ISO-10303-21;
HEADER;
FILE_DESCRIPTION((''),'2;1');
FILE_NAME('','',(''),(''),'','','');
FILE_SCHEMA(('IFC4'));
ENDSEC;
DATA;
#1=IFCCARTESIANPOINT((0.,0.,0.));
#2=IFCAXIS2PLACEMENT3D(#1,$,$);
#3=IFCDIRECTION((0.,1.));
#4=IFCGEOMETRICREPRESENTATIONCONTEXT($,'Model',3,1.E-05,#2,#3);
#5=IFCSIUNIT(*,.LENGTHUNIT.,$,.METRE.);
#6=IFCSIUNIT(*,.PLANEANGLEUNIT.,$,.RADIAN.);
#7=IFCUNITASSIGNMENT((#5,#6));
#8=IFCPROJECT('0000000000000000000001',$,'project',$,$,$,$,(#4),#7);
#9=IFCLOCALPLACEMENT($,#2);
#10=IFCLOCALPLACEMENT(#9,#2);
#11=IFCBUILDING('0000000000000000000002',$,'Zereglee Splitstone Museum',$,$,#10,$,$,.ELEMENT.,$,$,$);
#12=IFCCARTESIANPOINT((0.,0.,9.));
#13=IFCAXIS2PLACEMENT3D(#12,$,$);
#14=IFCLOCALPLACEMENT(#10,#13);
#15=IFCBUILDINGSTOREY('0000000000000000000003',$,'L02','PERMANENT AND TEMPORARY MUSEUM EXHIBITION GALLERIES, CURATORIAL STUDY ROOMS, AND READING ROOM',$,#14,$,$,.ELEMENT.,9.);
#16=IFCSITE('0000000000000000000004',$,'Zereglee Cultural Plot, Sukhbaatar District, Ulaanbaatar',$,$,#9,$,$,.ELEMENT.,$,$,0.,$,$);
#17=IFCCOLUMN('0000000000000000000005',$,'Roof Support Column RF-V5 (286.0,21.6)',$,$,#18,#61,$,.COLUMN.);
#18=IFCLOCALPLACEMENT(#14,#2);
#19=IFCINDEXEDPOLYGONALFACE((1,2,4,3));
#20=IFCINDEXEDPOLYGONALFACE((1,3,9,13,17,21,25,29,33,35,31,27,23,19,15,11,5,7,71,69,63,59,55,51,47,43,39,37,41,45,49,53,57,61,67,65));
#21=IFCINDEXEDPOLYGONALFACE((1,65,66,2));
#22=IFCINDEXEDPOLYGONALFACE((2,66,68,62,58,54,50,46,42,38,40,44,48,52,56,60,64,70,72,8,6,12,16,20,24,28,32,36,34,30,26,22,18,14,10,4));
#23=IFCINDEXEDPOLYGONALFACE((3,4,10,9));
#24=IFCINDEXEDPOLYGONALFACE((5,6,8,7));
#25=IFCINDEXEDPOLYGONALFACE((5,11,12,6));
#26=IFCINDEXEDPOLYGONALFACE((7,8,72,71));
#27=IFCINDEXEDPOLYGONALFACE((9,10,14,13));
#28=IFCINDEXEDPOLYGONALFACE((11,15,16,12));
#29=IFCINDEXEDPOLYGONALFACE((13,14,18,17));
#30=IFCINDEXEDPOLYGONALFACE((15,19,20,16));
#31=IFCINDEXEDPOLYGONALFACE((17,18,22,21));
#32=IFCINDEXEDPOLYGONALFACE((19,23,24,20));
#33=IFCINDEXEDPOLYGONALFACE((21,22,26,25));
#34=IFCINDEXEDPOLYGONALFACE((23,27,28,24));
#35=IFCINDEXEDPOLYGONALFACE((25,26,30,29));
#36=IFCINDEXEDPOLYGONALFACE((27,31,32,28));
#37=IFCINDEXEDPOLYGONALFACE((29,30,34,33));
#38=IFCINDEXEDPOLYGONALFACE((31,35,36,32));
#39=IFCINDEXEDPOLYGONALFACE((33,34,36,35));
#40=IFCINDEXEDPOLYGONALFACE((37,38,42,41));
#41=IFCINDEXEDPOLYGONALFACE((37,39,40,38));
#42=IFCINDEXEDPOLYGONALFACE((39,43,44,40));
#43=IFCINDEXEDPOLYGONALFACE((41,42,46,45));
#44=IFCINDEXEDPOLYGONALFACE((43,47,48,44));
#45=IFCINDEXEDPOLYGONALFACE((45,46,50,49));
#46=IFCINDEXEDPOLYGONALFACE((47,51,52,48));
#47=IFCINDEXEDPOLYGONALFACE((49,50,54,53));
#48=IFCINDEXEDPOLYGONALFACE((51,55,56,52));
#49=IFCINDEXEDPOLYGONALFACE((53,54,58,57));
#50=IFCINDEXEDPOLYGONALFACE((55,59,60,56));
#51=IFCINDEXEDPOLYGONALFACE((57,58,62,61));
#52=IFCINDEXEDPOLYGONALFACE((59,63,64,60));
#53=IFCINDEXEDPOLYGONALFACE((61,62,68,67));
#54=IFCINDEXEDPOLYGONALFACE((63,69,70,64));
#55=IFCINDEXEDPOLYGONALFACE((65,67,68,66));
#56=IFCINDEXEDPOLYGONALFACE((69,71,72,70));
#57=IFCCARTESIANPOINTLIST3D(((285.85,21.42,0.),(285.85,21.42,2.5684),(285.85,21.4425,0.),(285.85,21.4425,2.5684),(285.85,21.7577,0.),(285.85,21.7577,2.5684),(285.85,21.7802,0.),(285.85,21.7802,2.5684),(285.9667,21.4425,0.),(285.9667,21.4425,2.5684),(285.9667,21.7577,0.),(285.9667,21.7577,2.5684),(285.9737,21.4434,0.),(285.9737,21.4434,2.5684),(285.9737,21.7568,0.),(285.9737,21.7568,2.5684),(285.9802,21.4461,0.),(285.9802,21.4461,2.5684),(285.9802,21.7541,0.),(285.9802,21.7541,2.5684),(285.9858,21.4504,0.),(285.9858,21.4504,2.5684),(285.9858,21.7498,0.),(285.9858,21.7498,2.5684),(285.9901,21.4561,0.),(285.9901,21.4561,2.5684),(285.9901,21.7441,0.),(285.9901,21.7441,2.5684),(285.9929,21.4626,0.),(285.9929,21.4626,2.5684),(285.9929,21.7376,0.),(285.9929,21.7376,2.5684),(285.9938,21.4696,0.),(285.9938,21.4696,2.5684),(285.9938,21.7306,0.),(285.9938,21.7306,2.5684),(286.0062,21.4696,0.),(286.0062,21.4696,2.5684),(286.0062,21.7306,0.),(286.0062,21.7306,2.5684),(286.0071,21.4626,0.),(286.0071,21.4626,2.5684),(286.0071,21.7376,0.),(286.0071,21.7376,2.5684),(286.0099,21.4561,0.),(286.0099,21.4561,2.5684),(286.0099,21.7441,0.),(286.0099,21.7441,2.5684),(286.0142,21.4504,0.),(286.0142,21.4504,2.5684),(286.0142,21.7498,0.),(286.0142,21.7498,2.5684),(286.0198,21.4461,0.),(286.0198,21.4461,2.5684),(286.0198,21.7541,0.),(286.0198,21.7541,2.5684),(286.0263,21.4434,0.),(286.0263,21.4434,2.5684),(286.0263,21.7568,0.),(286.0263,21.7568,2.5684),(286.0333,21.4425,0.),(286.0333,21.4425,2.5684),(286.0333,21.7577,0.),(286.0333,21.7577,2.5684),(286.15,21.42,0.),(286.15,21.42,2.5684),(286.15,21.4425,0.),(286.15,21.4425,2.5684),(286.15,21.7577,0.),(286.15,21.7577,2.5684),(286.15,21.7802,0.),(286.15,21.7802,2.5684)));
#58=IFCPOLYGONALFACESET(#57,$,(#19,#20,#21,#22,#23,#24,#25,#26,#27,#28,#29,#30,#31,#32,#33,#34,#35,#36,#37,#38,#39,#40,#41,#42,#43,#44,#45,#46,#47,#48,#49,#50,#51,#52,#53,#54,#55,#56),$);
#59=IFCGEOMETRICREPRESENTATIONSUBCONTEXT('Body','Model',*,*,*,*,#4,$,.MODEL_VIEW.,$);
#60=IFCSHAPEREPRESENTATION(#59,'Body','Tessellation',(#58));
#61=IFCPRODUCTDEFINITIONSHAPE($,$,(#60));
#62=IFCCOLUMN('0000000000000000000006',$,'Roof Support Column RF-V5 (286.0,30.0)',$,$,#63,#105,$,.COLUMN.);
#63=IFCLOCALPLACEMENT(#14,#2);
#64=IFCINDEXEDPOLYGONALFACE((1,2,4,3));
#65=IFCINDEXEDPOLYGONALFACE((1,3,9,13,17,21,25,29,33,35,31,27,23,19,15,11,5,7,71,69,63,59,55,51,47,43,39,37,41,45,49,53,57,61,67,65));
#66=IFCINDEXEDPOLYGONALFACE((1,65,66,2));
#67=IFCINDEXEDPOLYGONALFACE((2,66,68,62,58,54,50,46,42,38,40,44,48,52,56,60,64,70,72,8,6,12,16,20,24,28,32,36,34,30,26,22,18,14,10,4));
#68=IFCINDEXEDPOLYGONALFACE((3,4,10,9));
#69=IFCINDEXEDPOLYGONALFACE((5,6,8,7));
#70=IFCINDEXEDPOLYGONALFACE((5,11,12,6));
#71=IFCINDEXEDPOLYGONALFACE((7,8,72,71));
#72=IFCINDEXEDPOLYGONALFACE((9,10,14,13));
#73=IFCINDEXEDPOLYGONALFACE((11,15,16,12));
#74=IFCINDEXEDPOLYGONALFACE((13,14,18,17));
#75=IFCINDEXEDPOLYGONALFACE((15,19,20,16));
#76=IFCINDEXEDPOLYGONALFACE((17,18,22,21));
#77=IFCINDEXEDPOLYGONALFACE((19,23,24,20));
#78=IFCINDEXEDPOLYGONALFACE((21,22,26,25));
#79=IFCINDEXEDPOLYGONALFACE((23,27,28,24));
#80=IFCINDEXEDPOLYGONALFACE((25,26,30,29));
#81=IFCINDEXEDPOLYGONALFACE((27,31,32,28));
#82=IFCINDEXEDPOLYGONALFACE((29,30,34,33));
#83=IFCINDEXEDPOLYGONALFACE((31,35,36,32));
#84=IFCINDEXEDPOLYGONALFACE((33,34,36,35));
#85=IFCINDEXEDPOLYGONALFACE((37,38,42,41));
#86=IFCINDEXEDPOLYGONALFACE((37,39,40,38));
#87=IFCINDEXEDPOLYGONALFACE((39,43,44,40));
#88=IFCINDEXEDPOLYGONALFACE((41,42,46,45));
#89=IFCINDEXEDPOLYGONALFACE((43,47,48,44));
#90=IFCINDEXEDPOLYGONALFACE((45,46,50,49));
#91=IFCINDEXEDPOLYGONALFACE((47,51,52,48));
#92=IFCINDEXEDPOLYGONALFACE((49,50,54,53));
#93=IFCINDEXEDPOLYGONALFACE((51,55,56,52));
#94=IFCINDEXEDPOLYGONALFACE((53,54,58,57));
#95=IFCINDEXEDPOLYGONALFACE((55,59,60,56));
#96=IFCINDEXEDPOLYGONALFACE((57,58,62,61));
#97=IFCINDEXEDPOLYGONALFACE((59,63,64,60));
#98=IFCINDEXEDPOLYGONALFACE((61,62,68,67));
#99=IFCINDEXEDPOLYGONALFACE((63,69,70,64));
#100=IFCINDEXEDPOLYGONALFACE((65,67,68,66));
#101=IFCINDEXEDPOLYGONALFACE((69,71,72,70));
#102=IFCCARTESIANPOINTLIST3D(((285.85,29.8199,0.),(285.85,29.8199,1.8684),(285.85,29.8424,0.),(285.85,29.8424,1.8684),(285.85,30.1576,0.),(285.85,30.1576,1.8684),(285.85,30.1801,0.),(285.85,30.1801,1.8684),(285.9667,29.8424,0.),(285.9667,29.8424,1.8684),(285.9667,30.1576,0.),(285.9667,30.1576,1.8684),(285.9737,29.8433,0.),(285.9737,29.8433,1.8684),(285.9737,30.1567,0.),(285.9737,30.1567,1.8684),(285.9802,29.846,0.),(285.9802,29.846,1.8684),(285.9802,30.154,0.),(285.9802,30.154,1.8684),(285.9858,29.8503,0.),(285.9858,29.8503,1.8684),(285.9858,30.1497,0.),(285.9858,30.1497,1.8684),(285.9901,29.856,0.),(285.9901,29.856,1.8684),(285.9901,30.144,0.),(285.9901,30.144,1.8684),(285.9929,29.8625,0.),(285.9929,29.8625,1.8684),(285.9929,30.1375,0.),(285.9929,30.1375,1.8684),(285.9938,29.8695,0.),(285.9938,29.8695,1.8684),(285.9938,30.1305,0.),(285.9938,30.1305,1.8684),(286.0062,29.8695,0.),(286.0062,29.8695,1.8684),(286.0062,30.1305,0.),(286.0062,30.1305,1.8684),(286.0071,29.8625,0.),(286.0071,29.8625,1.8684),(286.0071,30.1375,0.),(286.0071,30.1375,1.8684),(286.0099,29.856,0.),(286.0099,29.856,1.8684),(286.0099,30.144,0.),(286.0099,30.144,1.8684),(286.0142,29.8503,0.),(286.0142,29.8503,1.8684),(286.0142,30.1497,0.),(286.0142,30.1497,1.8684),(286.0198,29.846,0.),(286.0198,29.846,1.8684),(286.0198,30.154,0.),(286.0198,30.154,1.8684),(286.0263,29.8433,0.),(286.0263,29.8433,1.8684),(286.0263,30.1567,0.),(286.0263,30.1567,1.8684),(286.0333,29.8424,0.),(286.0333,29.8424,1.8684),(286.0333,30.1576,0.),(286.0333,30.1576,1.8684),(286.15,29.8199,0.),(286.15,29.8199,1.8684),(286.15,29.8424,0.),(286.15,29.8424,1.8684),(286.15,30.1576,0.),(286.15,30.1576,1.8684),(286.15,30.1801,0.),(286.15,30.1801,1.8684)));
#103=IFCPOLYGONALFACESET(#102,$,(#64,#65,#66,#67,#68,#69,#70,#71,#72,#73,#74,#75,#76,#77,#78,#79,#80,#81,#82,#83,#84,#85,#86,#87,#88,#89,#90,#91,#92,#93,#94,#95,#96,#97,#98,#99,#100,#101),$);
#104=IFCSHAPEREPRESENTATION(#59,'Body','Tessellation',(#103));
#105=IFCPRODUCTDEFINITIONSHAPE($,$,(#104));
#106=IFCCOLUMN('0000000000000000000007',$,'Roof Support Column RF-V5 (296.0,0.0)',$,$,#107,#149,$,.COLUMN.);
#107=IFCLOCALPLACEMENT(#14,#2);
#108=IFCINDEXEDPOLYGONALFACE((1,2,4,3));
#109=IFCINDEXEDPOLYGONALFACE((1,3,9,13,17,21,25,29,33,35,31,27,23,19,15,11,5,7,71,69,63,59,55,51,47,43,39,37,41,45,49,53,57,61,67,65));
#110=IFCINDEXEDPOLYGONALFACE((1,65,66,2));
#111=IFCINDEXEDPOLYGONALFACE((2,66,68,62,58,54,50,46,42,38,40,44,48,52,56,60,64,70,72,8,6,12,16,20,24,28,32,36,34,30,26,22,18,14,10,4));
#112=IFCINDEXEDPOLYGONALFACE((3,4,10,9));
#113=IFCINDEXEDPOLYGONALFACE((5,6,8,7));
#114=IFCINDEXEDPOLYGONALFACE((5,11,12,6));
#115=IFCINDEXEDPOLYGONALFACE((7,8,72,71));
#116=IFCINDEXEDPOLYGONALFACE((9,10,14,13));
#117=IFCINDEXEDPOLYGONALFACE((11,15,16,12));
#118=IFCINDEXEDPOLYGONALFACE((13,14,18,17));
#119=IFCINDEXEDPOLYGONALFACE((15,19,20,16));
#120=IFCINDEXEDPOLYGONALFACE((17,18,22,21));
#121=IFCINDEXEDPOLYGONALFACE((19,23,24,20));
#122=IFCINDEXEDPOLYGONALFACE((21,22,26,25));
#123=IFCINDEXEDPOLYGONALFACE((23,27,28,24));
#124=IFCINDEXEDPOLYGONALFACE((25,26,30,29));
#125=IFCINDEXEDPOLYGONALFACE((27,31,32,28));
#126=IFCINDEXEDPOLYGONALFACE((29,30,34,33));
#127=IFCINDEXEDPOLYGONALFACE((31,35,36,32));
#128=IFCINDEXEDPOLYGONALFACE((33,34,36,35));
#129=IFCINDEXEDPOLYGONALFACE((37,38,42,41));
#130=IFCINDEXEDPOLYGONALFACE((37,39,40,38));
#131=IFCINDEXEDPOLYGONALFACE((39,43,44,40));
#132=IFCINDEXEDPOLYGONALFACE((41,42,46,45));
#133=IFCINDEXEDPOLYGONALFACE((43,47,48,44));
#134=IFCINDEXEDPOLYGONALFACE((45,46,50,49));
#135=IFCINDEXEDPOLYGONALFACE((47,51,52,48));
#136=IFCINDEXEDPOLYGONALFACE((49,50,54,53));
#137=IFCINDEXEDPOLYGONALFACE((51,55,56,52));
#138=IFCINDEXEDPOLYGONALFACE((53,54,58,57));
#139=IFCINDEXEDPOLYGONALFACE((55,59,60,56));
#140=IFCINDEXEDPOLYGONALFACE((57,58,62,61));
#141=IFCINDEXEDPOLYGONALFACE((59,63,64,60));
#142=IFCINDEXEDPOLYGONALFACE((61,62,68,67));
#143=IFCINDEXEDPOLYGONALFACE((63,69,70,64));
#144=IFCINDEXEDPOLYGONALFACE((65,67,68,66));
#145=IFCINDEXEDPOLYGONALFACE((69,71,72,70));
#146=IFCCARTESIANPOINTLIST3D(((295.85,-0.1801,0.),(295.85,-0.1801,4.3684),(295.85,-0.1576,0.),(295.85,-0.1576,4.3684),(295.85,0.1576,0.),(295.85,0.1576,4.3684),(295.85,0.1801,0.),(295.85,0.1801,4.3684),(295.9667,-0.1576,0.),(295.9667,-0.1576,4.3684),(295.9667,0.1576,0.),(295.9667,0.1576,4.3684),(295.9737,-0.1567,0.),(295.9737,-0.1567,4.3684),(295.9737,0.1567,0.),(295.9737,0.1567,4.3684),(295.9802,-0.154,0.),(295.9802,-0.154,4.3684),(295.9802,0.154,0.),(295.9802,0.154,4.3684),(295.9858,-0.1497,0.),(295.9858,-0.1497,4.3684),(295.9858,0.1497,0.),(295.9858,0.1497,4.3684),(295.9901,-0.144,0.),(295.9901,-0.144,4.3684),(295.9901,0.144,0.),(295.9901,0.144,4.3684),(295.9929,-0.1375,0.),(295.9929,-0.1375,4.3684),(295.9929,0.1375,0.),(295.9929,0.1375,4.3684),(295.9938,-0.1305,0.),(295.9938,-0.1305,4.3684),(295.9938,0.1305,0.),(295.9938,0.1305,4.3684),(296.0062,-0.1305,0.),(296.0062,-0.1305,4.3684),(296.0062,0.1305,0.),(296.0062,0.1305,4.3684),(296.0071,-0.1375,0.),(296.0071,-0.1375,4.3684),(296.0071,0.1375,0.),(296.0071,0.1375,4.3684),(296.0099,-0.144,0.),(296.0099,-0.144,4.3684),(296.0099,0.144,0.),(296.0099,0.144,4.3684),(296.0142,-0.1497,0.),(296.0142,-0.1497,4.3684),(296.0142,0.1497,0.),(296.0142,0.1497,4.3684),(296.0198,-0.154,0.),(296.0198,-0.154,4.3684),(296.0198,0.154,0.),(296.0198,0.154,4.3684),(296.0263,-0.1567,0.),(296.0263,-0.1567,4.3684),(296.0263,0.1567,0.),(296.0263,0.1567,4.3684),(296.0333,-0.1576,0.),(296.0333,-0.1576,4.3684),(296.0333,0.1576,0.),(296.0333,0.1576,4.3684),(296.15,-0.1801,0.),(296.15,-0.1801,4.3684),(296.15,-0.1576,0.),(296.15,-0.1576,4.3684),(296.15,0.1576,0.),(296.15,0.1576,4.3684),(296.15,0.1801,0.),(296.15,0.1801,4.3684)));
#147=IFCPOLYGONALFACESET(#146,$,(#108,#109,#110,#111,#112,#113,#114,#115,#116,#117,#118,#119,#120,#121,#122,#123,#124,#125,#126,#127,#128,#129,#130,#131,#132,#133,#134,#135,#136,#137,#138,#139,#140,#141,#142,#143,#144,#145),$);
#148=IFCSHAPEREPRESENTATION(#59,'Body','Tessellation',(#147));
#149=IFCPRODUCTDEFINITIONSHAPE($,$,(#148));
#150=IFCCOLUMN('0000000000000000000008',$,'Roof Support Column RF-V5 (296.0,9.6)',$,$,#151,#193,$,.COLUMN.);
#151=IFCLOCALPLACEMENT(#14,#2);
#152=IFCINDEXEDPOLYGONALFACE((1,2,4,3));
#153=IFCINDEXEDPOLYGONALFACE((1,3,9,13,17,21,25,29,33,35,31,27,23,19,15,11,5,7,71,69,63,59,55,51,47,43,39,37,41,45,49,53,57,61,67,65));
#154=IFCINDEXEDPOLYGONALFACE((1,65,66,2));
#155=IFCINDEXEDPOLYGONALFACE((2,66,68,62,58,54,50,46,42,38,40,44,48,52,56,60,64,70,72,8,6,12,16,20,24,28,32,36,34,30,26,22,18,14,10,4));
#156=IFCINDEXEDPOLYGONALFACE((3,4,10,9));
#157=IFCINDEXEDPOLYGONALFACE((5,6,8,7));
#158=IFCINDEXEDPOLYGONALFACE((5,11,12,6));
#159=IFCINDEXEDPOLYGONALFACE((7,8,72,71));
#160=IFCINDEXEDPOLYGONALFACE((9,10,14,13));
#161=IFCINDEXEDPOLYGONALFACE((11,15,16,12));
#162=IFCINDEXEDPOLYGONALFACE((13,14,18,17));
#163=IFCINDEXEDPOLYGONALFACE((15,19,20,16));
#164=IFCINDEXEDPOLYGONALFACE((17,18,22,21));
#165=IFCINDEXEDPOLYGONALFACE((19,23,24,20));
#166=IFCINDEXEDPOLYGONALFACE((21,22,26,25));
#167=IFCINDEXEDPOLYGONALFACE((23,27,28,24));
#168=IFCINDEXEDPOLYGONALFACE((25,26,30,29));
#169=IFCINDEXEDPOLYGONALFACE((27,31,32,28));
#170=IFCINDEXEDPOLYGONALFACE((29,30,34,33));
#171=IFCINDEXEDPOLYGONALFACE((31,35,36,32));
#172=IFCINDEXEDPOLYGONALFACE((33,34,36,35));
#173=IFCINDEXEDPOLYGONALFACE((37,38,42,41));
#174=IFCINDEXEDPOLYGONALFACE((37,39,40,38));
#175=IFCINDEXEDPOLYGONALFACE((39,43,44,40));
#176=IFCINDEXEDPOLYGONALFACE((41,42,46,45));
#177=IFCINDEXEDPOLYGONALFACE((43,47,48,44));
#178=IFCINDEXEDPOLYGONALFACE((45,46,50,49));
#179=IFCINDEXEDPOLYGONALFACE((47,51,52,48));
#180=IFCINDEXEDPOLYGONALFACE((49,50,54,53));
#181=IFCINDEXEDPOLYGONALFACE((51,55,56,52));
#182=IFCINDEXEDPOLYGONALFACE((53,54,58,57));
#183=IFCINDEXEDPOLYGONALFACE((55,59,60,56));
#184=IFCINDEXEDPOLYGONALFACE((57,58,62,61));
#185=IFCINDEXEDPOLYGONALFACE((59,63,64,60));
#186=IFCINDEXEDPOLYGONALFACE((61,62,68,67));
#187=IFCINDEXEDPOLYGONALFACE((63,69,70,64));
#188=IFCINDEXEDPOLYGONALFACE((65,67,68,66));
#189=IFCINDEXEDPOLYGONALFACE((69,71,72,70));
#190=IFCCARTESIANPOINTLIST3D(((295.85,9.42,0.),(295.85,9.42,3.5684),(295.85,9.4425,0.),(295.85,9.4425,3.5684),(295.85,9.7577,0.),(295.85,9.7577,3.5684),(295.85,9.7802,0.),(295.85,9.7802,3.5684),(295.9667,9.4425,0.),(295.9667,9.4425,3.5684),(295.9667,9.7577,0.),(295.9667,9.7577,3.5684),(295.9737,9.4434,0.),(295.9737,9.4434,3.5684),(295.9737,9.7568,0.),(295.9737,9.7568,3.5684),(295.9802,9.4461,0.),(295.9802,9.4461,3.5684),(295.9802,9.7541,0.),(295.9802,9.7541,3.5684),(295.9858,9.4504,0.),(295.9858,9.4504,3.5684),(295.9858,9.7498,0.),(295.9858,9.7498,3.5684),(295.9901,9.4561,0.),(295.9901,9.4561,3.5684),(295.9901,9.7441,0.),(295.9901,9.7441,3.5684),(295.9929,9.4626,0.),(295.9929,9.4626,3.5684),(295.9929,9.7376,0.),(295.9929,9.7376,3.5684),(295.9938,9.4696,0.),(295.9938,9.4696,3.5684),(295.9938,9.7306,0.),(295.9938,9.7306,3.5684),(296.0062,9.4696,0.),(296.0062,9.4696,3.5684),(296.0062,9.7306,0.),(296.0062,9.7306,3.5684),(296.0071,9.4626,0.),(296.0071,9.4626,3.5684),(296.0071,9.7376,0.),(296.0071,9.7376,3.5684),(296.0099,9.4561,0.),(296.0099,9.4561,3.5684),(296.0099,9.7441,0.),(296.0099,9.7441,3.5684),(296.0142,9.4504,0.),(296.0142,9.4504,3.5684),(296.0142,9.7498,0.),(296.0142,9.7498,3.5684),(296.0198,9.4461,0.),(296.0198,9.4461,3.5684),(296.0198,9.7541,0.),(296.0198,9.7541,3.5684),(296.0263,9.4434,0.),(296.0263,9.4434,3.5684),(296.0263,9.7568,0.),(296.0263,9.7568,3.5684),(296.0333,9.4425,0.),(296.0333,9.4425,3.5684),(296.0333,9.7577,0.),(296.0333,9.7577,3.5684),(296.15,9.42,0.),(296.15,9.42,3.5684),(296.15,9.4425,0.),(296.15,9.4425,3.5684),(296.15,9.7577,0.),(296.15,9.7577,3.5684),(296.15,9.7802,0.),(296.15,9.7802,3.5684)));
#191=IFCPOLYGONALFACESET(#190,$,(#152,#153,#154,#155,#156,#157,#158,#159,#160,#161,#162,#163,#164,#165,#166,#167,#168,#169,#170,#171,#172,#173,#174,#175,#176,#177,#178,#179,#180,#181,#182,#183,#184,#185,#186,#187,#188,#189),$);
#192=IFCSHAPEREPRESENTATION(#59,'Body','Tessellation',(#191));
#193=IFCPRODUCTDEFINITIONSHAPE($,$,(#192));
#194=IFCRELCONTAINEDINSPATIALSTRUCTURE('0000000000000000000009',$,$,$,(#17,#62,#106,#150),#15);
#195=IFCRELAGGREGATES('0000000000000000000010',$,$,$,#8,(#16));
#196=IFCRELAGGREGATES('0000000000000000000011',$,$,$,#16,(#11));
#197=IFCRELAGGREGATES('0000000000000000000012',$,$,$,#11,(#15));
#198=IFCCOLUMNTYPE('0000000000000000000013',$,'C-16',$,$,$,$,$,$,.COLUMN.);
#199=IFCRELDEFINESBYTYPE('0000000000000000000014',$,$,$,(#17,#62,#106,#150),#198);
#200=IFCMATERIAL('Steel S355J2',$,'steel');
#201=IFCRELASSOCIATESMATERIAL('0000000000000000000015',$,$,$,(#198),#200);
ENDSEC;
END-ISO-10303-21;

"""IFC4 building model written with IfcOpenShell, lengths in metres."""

from ifc_helpers import new_model, si_unit, direction, frame, origin, origin_2d, place, context, subcontext, project, spatial, i_section, extrude, material, material_profile, profile_set, type_object, element, save


model = new_model("IFC4")

# Units and contexts
model_context = context("Model", 3, precision=1e-05, world=origin(), true_north=direction((0.0, 1.0)))
body_context = subcontext(model_context, "Body", "Model", "MODEL_VIEW")
ifc_project = project(units=[si_unit("LENGTHUNIT", "METRE"), si_unit("PLANEANGLEUNIT", "RADIAN")], contexts=[model_context])

# Site, building, storey
site_placement = place(None, origin())
site = spatial("IfcSite", under=ifc_project, at=site_placement, Name="Zereglee Cultural Plot, Sukhbaatar District, Ulaanbaatar", CompositionType="ELEMENT", RefElevation=0.0)
building_placement = place(site_placement, origin())
building = spatial("IfcBuilding", under=site, at=building_placement, Name="Zereglee Splitstone Museum", CompositionType="ELEMENT")
storey_placement = place(building_placement, frame((0.0, 0.0, 9.0)))
storey = spatial("IfcBuildingStorey", under=building, at=storey_placement, Name="L02", Description="PERMANENT AND TEMPORARY MUSEUM EXHIBITION GALLERIES, CURATORIAL STUDY ROOMS, AND READING ROOM", CompositionType="ELEMENT", Elevation=9.0)

# Columns
ifc_material_1 = material(Name="Steel S355J2", Category="steel")
ifc_material_profile_1 = material_profile(ifc_material_1, i_section(OverallWidth=0.3, OverallDepth=0.3601, WebThickness=0.0125, FlangeThickness=0.0225, FilletRadius=0.0271, at=origin_2d()), Name="HE 360 B")
ifc_profile_set_1 = profile_set([ifc_material_profile_1], Name="Steel S355J2")
column_type = type_object("IfcColumnType", Name="C-16", PredefinedType="COLUMN", material=ifc_profile_set_1)
column_1_placement = place(storey_placement, frame((286.0, 21.6001, 0.0), z_axis=(0.0, 0.0, 1.0), x_axis=(1.0, 0.0, 0.0)))
element("IfcColumn", 1, at=column_1_placement, inside=storey, type_object=column_type, Name="Roof Support Column RF-V5 (286.0,21.6)", PredefinedType="COLUMN", context=body_context, shape_type="SweptSolid", body=[
    extrude(i_section(OverallWidth=0.3, OverallDepth=0.3601, WebThickness=0.0125, FlangeThickness=0.0225, FilletRadius=0.0271, at=origin_2d()), origin(), (0.0, 0.0, 1.0), 2.5684),
])
column_2_placement = place(storey_placement, frame((286.0, 30.0, 0.0), z_axis=(0.0, 0.0, 1.0), x_axis=(1.0, 0.0, 0.0)))
element("IfcColumn", 2, at=column_2_placement, inside=storey, type_object=column_type, Name="Roof Support Column RF-V5 (286.0,30.0)", PredefinedType="COLUMN", context=body_context, shape_type="SweptSolid", body=[
    extrude(i_section(OverallWidth=0.3, OverallDepth=0.3601, WebThickness=0.0125, FlangeThickness=0.0225, FilletRadius=0.0271, at=origin_2d()), origin(), (0.0, 0.0, 1.0), 1.8684),
])
column_3_placement = place(storey_placement, frame((296.0, 0.0, 0.0), z_axis=(0.0, 0.0, 1.0), x_axis=(1.0, 0.0, 0.0)))
element("IfcColumn", 3, at=column_3_placement, inside=storey, type_object=column_type, Name="Roof Support Column RF-V5 (296.0,0.0)", PredefinedType="COLUMN", context=body_context, shape_type="SweptSolid", body=[
    extrude(i_section(OverallWidth=0.3, OverallDepth=0.3601, WebThickness=0.0125, FlangeThickness=0.0225, FilletRadius=0.0271, at=origin_2d()), origin(), (0.0, 0.0, 1.0), 4.3684),
])
column_4_placement = place(storey_placement, frame((296.0, 9.6001, 0.0), z_axis=(0.0, 0.0, 1.0), x_axis=(1.0, 0.0, 0.0)))
element("IfcColumn", 4, at=column_4_placement, inside=storey, type_object=column_type, Name="Roof Support Column RF-V5 (296.0,9.6)", PredefinedType="COLUMN", context=body_context, shape_type="SweptSolid", body=[
    extrude(i_section(OverallWidth=0.3, OverallDepth=0.3601, WebThickness=0.0125, FlangeThickness=0.0225, FilletRadius=0.0271, at=origin_2d()), origin(), (0.0, 0.0, 1.0), 3.5684),
])

save(model, "model.ifc")
